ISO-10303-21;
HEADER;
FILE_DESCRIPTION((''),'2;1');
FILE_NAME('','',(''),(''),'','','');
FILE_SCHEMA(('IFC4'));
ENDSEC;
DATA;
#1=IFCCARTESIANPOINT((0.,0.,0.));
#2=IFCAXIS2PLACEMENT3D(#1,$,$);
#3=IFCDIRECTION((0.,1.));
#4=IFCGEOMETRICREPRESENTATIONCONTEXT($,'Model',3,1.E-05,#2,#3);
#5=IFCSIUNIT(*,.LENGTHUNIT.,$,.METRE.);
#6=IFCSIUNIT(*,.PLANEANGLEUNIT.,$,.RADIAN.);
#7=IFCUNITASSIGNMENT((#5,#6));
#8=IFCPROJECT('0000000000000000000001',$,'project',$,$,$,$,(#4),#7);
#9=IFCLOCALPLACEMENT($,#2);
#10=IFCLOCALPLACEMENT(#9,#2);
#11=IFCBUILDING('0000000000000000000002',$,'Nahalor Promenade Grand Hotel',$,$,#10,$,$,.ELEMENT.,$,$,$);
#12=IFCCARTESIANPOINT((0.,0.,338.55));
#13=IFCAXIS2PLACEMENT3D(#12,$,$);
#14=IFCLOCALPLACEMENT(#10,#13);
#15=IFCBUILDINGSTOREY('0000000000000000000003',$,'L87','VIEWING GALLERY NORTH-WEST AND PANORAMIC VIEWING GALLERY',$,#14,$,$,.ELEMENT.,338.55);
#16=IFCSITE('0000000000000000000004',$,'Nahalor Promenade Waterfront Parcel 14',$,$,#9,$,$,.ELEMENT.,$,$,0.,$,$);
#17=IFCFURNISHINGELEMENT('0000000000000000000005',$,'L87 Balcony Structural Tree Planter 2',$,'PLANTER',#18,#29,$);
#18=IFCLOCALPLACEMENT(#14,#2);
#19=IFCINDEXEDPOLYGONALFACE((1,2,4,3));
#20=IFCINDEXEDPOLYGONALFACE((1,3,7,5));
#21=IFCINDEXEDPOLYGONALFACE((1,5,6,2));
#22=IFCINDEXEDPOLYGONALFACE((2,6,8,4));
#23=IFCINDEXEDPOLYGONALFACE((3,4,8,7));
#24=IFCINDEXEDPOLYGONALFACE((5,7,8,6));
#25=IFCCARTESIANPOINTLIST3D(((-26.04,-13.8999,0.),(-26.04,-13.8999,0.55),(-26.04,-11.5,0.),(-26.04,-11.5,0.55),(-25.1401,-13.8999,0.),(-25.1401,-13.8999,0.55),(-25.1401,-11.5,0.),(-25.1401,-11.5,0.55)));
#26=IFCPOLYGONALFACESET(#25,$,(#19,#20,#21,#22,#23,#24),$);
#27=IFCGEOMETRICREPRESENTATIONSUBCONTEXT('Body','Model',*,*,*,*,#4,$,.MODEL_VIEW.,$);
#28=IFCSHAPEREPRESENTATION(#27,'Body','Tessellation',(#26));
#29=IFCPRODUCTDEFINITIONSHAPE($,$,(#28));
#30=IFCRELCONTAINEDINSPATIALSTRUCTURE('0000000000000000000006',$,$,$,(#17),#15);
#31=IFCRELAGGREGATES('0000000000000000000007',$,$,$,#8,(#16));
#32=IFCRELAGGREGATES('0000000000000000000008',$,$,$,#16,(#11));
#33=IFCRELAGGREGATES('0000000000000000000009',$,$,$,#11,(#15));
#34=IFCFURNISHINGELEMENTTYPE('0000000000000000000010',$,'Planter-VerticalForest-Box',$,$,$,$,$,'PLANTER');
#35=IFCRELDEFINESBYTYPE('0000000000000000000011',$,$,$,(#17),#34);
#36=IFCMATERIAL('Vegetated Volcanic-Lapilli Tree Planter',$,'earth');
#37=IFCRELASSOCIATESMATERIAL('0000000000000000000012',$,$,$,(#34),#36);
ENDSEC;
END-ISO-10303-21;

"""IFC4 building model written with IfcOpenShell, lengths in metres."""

from ifc_helpers import new_model, si_unit, direction, frame, origin, origin_2d, place, context, subcontext, project, spatial, rectangle, extrude, source, transform, mapped, material, type_object, element, save


model = new_model("IFC4")

# Units and contexts
model_context = context("Model", 3, precision=1e-05, world=origin(), true_north=direction((0.0, 1.0)))
body_context = subcontext(model_context, "Body", "Model", "MODEL_VIEW")
ifc_project = project(units=[si_unit("LENGTHUNIT", "METRE"), si_unit("PLANEANGLEUNIT", "RADIAN")], contexts=[model_context])

# Site, building, storey
site_placement = place(None, origin())
site = spatial("IfcSite", under=ifc_project, at=site_placement, Name="Nahalor Promenade Waterfront Parcel 14", CompositionType="ELEMENT", RefElevation=0.0)
building_placement = place(site_placement, origin())
building = spatial("IfcBuilding", under=site, at=building_placement, Name="Nahalor Promenade Grand Hotel", CompositionType="ELEMENT")
storey_placement = place(building_placement, frame((0.0, 0.0, 338.55)))
storey = spatial("IfcBuildingStorey", under=building, at=storey_placement, Name="L87", Description="VIEWING GALLERY NORTH-WEST AND PANORAMIC VIEWING GALLERY", CompositionType="ELEMENT", Elevation=338.55)

# Furnishing element
ifc_material_1 = material(Name="Vegetated Volcanic-Lapilli Tree Planter", Category="earth")
furnishing_element_type = type_object("IfcFurnishingElementType", Name="Planter-VerticalForest-Box", ElementType="PLANTER", material=ifc_material_1)
shared_shape_1 = source(origin(), body_context, "Body", "SweptSolid", [
    extrude(rectangle(XDim=2.3999, YDim=0.8999, at=origin_2d()), origin(), (0.0, 0.0, 1.0), 0.55),
])
furnishing_placement = place(storey_placement, frame((-25.5901, -12.7, 0.0), z_axis=(0.0, 0.0, 1.0), x_axis=(0.0, 1.0, 0.0)))
element("IfcFurnishingElement", 1, at=furnishing_placement, inside=storey, type_object=furnishing_element_type, Name="L87 Balcony Structural Tree Planter 2", ObjectType="PLANTER", context=body_context, shape_type="MappedRepresentation", body=[
    mapped(shared_shape_1, transform((0.0, 0.0, 0.0), scale=1.0)),
])

save(model, "model.ifc")
